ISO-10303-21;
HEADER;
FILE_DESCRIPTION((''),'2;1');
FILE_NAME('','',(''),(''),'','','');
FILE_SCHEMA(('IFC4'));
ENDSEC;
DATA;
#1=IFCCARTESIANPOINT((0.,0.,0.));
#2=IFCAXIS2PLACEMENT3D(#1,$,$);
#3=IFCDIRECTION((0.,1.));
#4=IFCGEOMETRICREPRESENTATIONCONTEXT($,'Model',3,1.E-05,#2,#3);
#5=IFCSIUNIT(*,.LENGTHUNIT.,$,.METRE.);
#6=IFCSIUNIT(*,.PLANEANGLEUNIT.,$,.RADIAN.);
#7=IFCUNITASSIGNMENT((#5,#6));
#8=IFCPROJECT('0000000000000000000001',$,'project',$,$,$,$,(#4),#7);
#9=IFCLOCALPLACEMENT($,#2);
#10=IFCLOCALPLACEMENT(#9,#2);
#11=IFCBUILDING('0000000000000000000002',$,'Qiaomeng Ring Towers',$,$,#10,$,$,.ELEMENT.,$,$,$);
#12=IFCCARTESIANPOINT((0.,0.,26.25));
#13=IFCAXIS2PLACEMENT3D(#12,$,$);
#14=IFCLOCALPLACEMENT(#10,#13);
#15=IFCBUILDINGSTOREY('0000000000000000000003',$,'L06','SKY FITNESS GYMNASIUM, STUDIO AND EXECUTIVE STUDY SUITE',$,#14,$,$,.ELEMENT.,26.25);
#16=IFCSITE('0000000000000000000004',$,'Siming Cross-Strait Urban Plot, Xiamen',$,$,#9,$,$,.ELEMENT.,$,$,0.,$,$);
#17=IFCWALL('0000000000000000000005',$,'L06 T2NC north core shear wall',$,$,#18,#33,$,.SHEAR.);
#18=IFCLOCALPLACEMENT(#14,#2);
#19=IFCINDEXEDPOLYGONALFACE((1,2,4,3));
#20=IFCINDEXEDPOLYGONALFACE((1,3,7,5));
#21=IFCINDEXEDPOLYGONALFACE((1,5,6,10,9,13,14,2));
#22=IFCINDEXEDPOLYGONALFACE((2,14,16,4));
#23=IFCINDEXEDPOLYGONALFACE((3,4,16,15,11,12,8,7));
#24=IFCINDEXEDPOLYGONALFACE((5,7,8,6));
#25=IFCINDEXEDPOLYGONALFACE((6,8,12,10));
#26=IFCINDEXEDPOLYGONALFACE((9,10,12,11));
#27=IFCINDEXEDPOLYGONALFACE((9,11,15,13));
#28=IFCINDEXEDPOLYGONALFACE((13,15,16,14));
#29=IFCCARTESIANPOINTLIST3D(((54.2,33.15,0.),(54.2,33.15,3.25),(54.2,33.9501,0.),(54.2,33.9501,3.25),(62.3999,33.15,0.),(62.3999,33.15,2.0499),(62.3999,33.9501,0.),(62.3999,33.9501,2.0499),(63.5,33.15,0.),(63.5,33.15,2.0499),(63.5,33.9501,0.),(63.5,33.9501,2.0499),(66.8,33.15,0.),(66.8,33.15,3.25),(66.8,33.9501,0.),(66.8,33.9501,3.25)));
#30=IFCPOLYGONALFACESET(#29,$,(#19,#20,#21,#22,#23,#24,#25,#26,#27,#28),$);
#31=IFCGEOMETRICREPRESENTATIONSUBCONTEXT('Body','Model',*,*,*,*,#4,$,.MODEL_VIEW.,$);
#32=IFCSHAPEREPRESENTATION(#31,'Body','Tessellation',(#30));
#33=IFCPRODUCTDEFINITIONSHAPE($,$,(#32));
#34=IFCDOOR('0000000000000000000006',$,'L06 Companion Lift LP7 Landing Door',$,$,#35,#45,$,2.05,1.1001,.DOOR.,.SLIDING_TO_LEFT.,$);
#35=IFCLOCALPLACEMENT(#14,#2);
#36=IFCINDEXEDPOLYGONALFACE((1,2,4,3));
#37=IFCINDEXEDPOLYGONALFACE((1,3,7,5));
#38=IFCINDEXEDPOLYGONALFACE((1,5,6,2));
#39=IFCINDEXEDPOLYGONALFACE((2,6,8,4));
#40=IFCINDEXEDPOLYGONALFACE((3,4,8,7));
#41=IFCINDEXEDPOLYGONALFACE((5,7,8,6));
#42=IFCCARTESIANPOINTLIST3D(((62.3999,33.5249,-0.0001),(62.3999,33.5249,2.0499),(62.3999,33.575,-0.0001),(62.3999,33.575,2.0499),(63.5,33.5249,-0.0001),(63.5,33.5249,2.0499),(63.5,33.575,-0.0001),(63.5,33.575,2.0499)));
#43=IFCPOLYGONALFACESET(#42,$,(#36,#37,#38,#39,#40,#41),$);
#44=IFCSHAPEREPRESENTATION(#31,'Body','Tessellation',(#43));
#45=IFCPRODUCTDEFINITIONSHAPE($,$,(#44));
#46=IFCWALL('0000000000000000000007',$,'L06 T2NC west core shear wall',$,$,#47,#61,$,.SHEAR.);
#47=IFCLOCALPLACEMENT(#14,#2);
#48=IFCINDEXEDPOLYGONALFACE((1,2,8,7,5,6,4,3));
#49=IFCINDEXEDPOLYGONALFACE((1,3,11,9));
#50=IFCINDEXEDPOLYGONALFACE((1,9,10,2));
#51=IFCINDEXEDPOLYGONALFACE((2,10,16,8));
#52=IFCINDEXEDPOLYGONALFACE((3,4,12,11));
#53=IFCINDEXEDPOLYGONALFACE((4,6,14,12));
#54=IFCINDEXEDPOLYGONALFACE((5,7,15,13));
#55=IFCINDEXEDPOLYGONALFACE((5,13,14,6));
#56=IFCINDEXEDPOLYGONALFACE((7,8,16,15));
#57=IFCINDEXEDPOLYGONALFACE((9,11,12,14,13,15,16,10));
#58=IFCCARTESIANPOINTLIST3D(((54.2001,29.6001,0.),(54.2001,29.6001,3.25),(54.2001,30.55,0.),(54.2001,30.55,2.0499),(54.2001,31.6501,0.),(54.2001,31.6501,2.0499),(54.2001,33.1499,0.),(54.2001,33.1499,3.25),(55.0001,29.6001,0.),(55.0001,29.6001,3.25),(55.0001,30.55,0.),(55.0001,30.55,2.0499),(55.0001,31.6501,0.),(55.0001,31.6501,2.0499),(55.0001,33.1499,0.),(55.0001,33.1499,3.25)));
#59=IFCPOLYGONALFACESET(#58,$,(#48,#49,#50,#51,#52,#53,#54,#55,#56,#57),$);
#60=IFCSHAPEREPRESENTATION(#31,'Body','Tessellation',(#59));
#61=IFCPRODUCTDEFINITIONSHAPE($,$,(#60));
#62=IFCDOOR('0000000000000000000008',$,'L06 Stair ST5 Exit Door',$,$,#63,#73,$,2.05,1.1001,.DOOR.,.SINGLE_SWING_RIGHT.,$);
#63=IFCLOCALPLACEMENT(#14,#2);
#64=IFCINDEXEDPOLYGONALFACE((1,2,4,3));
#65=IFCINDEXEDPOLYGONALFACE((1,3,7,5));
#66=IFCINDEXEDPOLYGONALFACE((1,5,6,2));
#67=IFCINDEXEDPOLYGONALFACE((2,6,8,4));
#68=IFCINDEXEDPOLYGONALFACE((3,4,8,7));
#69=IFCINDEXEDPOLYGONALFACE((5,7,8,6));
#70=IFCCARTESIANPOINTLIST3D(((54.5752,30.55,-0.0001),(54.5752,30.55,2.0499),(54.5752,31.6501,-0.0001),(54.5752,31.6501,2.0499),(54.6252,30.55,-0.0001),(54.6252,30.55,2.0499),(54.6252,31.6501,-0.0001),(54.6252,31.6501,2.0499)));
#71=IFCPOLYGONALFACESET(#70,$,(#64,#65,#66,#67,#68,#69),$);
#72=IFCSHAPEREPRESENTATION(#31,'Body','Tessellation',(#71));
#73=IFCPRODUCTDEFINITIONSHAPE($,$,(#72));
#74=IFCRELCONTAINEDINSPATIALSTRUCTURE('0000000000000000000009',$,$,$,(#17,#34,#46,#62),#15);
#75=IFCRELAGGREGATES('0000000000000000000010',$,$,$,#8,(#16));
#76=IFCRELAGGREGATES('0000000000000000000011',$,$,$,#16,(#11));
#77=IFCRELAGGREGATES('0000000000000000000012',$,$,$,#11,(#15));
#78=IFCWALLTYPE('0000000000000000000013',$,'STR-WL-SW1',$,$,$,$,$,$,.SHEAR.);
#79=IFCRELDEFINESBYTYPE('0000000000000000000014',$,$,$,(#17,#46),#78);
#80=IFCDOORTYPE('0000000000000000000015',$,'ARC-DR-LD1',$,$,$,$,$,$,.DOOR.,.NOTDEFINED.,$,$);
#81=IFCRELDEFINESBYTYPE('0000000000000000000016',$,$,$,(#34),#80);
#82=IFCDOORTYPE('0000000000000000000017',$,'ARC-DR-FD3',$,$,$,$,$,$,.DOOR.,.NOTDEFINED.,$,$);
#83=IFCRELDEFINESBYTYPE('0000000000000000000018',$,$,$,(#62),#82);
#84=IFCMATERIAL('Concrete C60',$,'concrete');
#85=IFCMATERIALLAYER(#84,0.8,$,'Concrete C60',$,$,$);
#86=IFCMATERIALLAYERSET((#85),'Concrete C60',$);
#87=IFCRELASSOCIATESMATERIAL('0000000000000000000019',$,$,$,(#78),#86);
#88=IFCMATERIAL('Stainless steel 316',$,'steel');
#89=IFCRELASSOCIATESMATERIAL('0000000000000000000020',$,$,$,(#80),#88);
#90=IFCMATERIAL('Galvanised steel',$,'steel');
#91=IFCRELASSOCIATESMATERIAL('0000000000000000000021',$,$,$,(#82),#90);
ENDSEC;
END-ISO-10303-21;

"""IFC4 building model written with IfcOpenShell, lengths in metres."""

from ifc_helpers import new_model, si_unit, direction, frame, frame_2d, origin, place, context, subcontext, project, spatial, rectangle, extrude, source, transform, mapped, material, layer, layer_set, type_object, element, fill, save


model = new_model("IFC4")

# Units and contexts
model_context = context("Model", 3, precision=1e-05, world=origin(), true_north=direction((0.0, 1.0)))
body_context = subcontext(model_context, "Body", "Model", "MODEL_VIEW")
ifc_project = project(units=[si_unit("LENGTHUNIT", "METRE"), si_unit("PLANEANGLEUNIT", "RADIAN")], contexts=[model_context])

# Site, building, storey
site_placement = place(None, origin())
site = spatial("IfcSite", under=ifc_project, at=site_placement, Name="Siming Cross-Strait Urban Plot, Xiamen", CompositionType="ELEMENT", RefElevation=0.0)
building_placement = place(site_placement, origin())
building = spatial("IfcBuilding", under=site, at=building_placement, Name="Qiaomeng Ring Towers", CompositionType="ELEMENT")
storey_placement = place(building_placement, frame((0.0, 0.0, 26.25)))
storey = spatial("IfcBuildingStorey", under=building, at=storey_placement, Name="L06", Description="SKY FITNESS GYMNASIUM, STUDIO AND EXECUTIVE STUDY SUITE", CompositionType="ELEMENT", Elevation=26.25)

# Shared definitions
ifc_material_1 = material(Name="Concrete C60", Category="concrete")

# Shared definitions
ifc_layer_1 = layer(ifc_material_1, 0.8, Name="Concrete C60")
ifc_layer_set_1 = layer_set([ifc_layer_1], Name="Concrete C60")
wall_type_1 = type_object("IfcWallType", Name="STR-WL-SW1", PredefinedType="SHEAR", material=ifc_layer_set_1)

# Walls, openings, doors
wall_1_placement = place(storey_placement, frame((54.2, 33.55, 0.0), z_axis=(0.0, 0.0, 1.0), x_axis=(1.0, 0.0, 0.0)))
wall_1 = element("IfcWall", 1, at=wall_1_placement, inside=storey, type_object=wall_type_1, Name="L06 T2NC north core shear wall", PredefinedType="SHEAR", context=body_context, shape_type="SweptSolid", body=[
    extrude(rectangle(XDim=12.6001, YDim=0.8, at=frame_2d((6.3, 0.0))), origin(), (0.0, 0.0, 1.0), 3.25),
])
opening_1_placement = place(wall_1_placement, frame((8.2, 0.0, 0.0)))
opening_1 = element("IfcOpeningElement", 2, at=opening_1_placement, cuts=wall_1, PredefinedType="OPENING", context=body_context, shape_type="SweptSolid", body=[
    extrude(rectangle(XDim=1.1001, YDim=2.05, at=frame_2d((0.55, 1.0249))), frame((0.0, 0.4099, 0.0), z_axis=(0.0, -1.0, 0.0), x_axis=(1.0, 0.0, 0.0)), (0.0, 0.0, 1.0), 0.8201),
])
ifc_material_2 = material(Name="Stainless steel 316", Category="steel")
door_type_1 = type_object("IfcDoorType", Name="ARC-DR-LD1", OperationType="NOTDEFINED", PredefinedType="DOOR", material=ifc_material_2)
shared_shape_1 = source(origin(), body_context, "Body", "SweptSolid", [
    extrude(rectangle(XDim=1.1001, YDim=2.05, at=frame_2d((0.55, 1.0249))), frame((0.0, 0.0249, 0.0), z_axis=(0.0, -1.0, 0.0), x_axis=(1.0, 0.0, 0.0)), (0.0, 0.0, 1.0), 0.05),
])
door_1_placement = place(opening_1_placement, origin())
door_1 = element("IfcDoor", 3, at=door_1_placement, inside=storey, type_object=door_type_1, Name="L06 Companion Lift LP7 Landing Door", OperationType="SLIDING_TO_LEFT", OverallHeight=2.05, OverallWidth=1.1001, PredefinedType="DOOR", context=body_context, shape_type="MappedRepresentation", body=[
    mapped(shared_shape_1, transform((0.0, 0.0, 0.0), x_axis=(1.0, 0.0, 0.0), y_axis=(0.0, 1.0, 0.0), z_axis=(0.0, 0.0, 1.0), scale=1.0)),
])
fill(opening_1, door_1)
wall_2_placement = place(storey_placement, frame((54.6001, 29.6001, 0.0), z_axis=(0.0, 0.0, 1.0), x_axis=(0.0, 1.0, 0.0)))
wall_2 = element("IfcWall", 4, at=wall_2_placement, inside=storey, type_object=wall_type_1, Name="L06 T2NC west core shear wall", PredefinedType="SHEAR", context=body_context, shape_type="SweptSolid", body=[
    extrude(rectangle(XDim=3.5498, YDim=0.8, at=frame_2d((1.7749, 0.0))), origin(), (0.0, 0.0, 1.0), 3.25),
])
opening_2_placement = place(wall_2_placement, frame((0.95, 0.0, 0.0)))
opening_2 = element("IfcOpeningElement", 5, at=opening_2_placement, cuts=wall_2, PredefinedType="OPENING", context=body_context, shape_type="SweptSolid", body=[
    extrude(rectangle(XDim=1.1001, YDim=2.05, at=frame_2d((0.55, 1.0249))), frame((0.0, 0.4099, 0.0), z_axis=(0.0, -1.0, 0.0), x_axis=(1.0, 0.0, 0.0)), (0.0, 0.0, 1.0), 0.8201),
])
ifc_material_3 = material(Name="Galvanised steel", Category="steel")
door_type_2 = type_object("IfcDoorType", Name="ARC-DR-FD3", OperationType="NOTDEFINED", PredefinedType="DOOR", material=ifc_material_3)
door_2_placement = place(opening_2_placement, origin())
door_2 = element("IfcDoor", 6, at=door_2_placement, inside=storey, type_object=door_type_2, Name="L06 Stair ST5 Exit Door", OperationType="SINGLE_SWING_RIGHT", OverallHeight=2.05, OverallWidth=1.1001, PredefinedType="DOOR", context=body_context, shape_type="MappedRepresentation", body=[
    mapped(shared_shape_1, transform((0.0, 0.0, 0.0), x_axis=(1.0, 0.0, 0.0), y_axis=(0.0, 1.0, 0.0), z_axis=(0.0, 0.0, 1.0), scale=1.0)),
])
fill(opening_2, door_2)

save(model, "model.ifc")
